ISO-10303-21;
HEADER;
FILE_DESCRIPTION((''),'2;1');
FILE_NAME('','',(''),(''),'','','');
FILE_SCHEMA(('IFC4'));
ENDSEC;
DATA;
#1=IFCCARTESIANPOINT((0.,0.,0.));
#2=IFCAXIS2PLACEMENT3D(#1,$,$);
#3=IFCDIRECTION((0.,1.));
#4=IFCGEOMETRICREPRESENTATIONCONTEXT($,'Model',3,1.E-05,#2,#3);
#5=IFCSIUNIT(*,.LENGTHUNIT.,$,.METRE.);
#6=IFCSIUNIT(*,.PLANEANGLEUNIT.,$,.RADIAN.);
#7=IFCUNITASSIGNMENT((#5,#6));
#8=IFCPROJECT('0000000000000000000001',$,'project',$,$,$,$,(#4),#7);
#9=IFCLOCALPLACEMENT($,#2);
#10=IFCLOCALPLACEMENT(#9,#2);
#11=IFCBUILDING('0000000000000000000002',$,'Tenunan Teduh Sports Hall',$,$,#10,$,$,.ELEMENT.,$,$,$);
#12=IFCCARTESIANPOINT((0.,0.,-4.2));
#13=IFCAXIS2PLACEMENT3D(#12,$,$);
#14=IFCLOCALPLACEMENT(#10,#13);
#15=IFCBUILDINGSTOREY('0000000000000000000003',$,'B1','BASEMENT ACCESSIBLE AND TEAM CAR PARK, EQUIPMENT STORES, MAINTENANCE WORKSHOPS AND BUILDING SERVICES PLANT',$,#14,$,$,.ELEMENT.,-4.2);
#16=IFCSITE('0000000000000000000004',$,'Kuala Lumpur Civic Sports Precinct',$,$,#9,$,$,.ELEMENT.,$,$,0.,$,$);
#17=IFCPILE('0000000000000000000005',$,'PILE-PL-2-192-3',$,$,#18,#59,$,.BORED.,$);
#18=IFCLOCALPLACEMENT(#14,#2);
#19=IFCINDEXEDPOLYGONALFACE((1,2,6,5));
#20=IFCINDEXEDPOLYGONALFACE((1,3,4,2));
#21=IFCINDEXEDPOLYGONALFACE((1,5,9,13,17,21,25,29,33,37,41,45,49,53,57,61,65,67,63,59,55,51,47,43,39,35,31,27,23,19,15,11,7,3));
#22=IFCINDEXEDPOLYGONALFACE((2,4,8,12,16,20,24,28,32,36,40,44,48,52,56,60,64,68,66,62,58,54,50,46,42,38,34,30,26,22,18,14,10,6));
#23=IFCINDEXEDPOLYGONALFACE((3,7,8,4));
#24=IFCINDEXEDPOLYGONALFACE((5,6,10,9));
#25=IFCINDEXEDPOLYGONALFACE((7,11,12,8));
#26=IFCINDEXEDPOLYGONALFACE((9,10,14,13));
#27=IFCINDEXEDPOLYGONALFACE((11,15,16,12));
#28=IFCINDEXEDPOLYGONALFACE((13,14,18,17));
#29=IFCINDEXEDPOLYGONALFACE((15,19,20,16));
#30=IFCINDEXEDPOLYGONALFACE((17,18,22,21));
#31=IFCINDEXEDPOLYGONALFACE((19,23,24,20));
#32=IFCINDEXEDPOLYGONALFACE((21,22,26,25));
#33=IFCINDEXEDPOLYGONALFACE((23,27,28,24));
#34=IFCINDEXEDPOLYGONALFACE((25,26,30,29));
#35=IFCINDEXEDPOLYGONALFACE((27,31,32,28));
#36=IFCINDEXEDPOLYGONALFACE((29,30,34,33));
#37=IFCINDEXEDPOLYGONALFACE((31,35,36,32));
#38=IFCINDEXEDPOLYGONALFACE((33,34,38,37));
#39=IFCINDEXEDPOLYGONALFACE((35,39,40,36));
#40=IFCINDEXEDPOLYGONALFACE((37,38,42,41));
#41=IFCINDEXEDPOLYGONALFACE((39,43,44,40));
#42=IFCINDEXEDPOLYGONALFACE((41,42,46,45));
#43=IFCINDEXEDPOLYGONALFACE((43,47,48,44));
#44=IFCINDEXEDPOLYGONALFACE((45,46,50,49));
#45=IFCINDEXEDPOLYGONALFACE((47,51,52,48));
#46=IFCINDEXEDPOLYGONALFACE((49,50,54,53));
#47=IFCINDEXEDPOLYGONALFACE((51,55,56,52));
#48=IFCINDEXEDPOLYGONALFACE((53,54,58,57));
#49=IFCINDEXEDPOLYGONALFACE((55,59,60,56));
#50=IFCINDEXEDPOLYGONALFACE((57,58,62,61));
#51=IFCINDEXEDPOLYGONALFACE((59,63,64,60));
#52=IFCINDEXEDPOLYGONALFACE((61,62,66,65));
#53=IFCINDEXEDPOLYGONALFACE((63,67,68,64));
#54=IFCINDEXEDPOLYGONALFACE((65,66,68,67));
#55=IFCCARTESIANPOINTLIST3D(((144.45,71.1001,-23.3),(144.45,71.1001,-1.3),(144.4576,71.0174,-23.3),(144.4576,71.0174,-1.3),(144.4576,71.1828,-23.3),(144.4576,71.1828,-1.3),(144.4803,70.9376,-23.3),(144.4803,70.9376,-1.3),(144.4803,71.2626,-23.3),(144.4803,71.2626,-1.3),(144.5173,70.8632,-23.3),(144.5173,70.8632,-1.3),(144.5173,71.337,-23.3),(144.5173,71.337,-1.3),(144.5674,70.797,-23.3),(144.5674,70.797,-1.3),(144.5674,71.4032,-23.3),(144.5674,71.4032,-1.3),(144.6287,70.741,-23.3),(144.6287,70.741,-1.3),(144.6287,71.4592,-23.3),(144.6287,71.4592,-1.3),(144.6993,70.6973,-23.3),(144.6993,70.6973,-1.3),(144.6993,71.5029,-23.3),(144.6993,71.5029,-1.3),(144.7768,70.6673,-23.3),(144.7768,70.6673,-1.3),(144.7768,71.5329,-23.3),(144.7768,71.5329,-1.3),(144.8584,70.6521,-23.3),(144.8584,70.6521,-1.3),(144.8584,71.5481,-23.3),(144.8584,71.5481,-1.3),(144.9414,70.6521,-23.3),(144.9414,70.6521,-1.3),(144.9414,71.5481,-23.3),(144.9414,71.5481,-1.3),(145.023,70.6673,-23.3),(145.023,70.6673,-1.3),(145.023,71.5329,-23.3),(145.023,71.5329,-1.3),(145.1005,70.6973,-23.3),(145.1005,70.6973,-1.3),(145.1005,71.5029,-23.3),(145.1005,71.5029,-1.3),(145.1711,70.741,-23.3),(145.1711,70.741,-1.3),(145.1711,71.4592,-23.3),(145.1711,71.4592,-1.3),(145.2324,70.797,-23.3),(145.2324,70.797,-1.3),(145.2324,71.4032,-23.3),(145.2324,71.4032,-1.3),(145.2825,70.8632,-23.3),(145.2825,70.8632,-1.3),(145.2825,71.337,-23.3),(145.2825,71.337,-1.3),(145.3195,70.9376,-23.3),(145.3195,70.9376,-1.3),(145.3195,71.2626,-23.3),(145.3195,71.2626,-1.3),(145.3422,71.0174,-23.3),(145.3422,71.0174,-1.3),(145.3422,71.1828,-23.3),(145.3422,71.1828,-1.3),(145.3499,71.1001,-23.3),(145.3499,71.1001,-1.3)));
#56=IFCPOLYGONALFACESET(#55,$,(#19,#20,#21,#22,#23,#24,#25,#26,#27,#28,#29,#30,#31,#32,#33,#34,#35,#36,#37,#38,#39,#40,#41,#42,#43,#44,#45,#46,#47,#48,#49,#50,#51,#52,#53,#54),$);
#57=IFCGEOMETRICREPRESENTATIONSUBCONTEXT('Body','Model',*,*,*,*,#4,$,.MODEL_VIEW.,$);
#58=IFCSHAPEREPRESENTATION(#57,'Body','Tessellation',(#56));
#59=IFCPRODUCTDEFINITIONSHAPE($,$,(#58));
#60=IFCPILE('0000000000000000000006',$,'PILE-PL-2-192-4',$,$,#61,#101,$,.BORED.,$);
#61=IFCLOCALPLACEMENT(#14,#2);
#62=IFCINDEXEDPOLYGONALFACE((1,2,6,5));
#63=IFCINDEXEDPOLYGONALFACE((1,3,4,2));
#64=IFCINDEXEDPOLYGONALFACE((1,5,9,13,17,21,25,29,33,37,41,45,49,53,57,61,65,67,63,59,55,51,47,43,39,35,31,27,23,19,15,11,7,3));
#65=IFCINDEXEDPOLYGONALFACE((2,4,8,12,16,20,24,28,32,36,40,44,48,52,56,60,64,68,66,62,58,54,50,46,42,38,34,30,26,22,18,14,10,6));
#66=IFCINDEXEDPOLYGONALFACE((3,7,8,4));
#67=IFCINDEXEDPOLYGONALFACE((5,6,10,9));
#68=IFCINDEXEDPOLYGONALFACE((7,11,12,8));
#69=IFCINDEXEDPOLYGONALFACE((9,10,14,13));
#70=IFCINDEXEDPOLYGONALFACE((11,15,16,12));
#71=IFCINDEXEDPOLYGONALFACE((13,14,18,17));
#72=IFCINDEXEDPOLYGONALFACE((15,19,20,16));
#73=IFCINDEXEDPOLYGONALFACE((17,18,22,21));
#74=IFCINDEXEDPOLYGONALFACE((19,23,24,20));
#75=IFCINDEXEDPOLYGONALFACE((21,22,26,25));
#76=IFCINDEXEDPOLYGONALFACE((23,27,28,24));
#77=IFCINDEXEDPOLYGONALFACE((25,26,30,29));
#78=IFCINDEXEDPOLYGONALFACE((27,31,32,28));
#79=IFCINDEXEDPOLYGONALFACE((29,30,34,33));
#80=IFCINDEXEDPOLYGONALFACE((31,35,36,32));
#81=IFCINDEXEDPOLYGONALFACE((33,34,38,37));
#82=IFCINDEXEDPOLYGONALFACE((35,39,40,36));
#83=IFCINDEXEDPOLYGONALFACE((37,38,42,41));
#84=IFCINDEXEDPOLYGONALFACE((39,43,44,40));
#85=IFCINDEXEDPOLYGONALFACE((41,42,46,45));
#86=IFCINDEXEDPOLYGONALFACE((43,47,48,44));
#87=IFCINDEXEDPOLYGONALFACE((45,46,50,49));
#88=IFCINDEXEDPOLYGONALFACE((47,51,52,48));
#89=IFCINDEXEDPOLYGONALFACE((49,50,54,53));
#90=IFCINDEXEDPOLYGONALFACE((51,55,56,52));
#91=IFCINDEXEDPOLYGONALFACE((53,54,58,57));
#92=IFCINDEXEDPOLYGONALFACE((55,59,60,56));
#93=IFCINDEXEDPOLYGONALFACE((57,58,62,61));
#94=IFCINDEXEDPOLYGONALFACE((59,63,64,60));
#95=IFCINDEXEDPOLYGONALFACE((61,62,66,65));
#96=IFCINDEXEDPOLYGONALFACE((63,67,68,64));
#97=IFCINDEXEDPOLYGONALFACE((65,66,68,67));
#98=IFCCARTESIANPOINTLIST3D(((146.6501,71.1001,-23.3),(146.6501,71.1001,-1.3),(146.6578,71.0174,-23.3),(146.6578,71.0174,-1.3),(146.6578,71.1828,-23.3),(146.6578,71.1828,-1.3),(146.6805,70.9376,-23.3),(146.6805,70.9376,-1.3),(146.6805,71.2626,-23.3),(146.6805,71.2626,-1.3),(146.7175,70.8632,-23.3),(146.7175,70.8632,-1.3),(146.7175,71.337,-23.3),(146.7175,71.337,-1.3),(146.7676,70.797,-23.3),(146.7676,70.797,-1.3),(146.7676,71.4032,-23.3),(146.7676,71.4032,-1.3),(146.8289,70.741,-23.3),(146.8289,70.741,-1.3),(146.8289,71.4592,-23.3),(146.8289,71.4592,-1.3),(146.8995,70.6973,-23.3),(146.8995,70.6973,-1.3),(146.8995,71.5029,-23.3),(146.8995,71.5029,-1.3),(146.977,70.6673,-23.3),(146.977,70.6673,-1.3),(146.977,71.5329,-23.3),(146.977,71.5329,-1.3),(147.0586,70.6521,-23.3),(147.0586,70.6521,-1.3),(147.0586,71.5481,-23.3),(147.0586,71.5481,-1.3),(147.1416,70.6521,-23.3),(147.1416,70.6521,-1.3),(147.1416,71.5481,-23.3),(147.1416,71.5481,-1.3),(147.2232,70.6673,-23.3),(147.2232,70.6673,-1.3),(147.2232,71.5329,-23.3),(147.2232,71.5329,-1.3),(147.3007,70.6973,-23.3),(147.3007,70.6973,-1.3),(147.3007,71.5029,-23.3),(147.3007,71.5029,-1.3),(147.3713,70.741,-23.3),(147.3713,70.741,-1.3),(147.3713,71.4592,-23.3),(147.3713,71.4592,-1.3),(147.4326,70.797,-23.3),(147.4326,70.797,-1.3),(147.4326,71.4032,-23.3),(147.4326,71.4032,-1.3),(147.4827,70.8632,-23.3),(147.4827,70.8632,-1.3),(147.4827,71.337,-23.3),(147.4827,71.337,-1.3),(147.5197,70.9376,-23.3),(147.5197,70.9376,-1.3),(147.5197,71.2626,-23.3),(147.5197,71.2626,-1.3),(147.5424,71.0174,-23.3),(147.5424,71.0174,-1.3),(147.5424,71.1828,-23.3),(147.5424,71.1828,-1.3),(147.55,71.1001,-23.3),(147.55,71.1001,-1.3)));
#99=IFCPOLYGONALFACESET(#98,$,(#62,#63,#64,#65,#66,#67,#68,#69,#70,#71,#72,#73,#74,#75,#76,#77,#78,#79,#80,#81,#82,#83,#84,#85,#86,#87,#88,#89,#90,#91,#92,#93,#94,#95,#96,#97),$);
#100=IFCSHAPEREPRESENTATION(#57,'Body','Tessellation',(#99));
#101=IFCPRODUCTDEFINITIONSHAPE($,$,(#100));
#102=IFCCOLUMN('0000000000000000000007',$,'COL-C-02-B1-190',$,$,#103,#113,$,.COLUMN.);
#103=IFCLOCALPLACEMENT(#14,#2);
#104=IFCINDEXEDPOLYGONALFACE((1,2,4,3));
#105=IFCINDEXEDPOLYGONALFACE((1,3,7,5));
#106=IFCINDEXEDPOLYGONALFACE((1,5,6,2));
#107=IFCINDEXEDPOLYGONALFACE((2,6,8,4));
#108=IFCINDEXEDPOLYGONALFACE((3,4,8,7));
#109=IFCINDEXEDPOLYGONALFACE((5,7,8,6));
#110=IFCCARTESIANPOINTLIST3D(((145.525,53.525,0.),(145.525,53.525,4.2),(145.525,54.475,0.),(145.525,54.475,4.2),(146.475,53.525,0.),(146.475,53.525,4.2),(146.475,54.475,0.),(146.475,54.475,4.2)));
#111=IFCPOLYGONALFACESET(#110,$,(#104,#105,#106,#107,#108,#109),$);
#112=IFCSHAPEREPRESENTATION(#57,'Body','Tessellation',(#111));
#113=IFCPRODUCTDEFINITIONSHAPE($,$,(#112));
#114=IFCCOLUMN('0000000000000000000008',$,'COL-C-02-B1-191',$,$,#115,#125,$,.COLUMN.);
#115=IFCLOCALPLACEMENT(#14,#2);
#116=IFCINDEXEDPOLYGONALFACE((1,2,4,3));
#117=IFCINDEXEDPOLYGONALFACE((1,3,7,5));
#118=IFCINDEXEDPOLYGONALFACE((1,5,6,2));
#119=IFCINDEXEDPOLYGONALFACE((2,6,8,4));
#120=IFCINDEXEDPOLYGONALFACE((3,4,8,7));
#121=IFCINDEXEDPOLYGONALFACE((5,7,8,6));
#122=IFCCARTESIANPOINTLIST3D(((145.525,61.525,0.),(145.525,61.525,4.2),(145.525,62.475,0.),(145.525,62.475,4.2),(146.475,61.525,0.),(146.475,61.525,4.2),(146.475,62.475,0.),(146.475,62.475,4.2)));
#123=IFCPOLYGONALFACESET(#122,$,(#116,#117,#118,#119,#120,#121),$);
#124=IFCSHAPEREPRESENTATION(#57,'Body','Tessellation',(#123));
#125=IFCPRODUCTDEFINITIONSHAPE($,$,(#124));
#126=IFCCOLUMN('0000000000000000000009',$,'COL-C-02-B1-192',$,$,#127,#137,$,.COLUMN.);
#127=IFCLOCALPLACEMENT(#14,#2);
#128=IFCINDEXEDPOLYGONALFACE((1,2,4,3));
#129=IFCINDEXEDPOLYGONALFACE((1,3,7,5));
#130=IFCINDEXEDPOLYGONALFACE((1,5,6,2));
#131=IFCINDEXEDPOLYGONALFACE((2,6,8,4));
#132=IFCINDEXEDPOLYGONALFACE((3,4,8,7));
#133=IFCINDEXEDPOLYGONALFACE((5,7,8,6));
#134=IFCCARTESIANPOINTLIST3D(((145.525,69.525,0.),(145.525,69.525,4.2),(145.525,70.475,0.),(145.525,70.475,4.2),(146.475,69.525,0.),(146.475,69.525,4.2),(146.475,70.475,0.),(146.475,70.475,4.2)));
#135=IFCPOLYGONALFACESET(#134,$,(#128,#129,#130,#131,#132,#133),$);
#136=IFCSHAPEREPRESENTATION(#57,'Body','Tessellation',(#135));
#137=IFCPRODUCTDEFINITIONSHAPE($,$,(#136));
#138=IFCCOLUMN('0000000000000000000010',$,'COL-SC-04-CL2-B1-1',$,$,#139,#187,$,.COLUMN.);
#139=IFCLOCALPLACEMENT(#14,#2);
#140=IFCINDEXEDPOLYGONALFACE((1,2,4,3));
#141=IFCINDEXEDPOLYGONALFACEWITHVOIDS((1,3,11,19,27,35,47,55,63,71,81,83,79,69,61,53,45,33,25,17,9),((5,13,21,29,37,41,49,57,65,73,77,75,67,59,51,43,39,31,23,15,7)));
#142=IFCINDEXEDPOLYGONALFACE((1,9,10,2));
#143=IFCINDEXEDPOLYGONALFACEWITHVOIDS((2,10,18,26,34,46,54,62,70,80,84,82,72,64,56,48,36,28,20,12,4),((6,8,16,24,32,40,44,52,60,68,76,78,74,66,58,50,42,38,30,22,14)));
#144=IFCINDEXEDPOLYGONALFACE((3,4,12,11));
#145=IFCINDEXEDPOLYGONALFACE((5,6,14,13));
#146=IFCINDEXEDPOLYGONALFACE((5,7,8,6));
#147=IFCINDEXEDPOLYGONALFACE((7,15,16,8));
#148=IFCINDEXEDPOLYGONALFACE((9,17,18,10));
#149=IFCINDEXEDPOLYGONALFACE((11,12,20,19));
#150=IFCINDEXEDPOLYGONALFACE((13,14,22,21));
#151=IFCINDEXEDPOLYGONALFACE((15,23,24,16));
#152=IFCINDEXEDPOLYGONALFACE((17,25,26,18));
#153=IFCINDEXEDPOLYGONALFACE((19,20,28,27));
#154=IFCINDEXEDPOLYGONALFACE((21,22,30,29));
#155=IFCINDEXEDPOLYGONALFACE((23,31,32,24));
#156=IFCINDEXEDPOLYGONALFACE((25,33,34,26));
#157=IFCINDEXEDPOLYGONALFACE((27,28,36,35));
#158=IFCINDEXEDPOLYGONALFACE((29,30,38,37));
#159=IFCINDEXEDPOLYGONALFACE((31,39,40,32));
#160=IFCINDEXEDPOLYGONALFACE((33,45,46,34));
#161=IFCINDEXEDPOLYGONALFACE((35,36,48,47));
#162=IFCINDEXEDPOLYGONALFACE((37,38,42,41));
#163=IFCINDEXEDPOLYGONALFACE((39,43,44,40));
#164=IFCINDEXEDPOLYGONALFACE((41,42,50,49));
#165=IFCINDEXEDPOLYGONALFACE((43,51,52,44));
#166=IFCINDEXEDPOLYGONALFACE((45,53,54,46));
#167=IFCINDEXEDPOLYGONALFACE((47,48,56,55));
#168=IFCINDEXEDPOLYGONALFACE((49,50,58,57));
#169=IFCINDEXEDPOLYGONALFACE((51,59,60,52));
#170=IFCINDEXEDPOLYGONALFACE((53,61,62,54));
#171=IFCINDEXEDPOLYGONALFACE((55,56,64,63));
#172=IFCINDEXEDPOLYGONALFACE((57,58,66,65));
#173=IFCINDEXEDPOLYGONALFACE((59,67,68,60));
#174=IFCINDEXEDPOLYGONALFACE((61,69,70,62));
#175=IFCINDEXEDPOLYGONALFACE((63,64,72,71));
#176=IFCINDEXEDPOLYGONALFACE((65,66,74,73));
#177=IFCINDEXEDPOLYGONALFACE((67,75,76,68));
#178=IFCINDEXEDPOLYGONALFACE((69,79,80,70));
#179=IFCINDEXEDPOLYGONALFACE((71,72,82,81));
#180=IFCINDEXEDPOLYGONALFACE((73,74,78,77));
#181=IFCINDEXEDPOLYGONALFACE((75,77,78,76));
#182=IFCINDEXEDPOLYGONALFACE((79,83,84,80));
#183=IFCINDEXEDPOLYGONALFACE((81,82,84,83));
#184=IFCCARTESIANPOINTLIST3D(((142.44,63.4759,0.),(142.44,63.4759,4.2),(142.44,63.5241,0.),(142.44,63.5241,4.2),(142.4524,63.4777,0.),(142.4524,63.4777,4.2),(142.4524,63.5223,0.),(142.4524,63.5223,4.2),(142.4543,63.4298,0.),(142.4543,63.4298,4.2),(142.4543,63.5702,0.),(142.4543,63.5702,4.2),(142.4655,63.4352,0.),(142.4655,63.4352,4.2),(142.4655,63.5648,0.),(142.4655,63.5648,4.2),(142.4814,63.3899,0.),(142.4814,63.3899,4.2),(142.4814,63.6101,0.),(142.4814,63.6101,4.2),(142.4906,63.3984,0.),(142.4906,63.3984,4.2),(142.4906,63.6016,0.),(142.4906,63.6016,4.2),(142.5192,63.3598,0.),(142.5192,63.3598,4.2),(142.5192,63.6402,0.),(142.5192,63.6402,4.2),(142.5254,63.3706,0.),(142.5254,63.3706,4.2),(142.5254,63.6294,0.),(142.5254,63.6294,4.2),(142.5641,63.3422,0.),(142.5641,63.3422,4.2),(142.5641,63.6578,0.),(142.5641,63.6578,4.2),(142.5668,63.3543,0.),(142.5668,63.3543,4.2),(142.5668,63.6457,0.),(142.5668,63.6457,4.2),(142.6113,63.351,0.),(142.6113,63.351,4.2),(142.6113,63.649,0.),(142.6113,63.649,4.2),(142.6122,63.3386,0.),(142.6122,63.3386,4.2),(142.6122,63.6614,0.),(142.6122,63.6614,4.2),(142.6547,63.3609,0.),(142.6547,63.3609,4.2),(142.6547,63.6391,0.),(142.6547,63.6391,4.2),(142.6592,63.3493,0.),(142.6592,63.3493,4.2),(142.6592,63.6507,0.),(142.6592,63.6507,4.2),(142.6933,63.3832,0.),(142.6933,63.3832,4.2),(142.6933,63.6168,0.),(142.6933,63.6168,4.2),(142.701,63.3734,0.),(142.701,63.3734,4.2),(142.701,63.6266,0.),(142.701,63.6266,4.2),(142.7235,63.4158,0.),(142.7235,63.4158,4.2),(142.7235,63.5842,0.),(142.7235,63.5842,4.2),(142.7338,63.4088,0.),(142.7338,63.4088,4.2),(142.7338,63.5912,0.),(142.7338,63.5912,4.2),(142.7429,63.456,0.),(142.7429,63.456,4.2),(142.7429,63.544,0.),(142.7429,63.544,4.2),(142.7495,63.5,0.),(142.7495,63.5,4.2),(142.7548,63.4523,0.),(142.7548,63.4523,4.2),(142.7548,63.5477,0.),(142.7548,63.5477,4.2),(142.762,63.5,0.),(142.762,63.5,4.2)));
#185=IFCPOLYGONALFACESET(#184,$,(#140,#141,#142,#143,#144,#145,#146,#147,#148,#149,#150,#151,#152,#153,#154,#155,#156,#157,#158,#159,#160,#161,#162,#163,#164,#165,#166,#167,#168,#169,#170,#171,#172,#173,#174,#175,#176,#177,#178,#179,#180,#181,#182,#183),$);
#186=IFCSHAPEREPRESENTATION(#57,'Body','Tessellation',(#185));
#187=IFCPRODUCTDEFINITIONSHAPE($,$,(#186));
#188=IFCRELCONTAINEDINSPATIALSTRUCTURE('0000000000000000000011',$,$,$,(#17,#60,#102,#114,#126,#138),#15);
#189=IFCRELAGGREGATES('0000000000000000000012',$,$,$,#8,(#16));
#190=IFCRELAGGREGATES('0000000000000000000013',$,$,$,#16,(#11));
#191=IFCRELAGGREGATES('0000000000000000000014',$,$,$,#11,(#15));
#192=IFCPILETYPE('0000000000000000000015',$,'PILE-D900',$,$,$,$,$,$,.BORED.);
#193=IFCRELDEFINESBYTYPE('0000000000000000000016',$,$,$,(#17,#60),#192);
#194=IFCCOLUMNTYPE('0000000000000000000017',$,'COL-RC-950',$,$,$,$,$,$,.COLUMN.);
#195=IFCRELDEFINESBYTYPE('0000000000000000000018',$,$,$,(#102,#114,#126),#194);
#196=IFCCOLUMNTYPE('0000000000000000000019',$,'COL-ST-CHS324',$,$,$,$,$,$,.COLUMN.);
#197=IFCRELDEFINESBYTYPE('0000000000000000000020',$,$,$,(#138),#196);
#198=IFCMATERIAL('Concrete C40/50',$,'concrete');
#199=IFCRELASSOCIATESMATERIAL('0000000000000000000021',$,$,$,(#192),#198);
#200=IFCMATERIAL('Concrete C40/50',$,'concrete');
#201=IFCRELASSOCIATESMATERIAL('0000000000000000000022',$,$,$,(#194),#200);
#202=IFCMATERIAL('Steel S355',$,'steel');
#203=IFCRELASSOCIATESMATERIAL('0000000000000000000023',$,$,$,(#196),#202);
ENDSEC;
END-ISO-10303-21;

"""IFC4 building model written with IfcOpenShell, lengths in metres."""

from ifc_helpers import new_model, si_unit, direction, frame, origin, origin_2d, place, context, subcontext, project, spatial, rectangle, circle, hollow_circle, extrude, material, material_profile, profile_set, type_object, element, save


model = new_model("IFC4")

# Units and contexts
model_context = context("Model", 3, precision=1e-05, world=origin(), true_north=direction((0.0, 1.0)))
body_context = subcontext(model_context, "Body", "Model", "MODEL_VIEW")
ifc_project = project(units=[si_unit("LENGTHUNIT", "METRE"), si_unit("PLANEANGLEUNIT", "RADIAN")], contexts=[model_context])

# Site, building, storey
site_placement = place(None, origin())
site = spatial("IfcSite", under=ifc_project, at=site_placement, Name="Kuala Lumpur Civic Sports Precinct", CompositionType="ELEMENT", RefElevation=0.0)
building_placement = place(site_placement, origin())
building = spatial("IfcBuilding", under=site, at=building_placement, Name="Tenunan Teduh Sports Hall", CompositionType="ELEMENT")
storey_placement = place(building_placement, frame((0.0, 0.0, -4.2)))
storey = spatial("IfcBuildingStorey", under=building, at=storey_placement, Name="B1", Description="BASEMENT ACCESSIBLE AND TEAM CAR PARK, EQUIPMENT STORES, MAINTENANCE WORKSHOPS AND BUILDING SERVICES PLANT", CompositionType="ELEMENT", Elevation=-4.2)

# Piles
ifc_material_1 = material(Name="Concrete C40/50", Category="concrete")
ifc_material_profile_1 = material_profile(ifc_material_1, circle(Radius=0.45, at=origin_2d()), Name="PILE D900")
ifc_profile_set_1 = profile_set([ifc_material_profile_1], Name="Concrete C40/50")
pile_type = type_object("IfcPileType", Name="PILE-D900", PredefinedType="BORED", material=ifc_profile_set_1)
for number, where, z_axis, x_axis, name in (
    (1, (144.8999, 71.1001, -1.3), (0.0, 0.0, -1.0), (1.0, 0.0, 0.0), "PILE-PL-2-192-3"),
    (2, (147.1001, 71.1001, -1.3), (0.0, 0.0, -1.0), (1.0, 0.0, 0.0), "PILE-PL-2-192-4"),
):
    element("IfcPile", number, at=place(storey_placement, frame(where, z_axis=z_axis, x_axis=x_axis)), inside=storey, type_object=pile_type, Name=name, PredefinedType="BORED", context=body_context, shape_type="SweptSolid", body=[
        extrude(circle(Radius=0.45, at=origin_2d()), origin(), (0.0, 0.0, 1.0), 22.0),
    ])

# Columns
ifc_material_2 = material(Name="Concrete C40/50", Category="concrete")
ifc_material_profile_2 = material_profile(ifc_material_2, rectangle(XDim=0.95, YDim=0.95, at=origin_2d()), Name="RC 950x950")
ifc_profile_set_2 = profile_set([ifc_material_profile_2], Name="Concrete C40/50")
column_type_1 = type_object("IfcColumnType", Name="COL-RC-950", PredefinedType="COLUMN", material=ifc_profile_set_2)
for number, where, z_axis, x_axis, name in (
    (3, (146.0, 54.0, 0.0), (0.0, 0.0, 1.0), (1.0, 0.0, 0.0), "COL-C-02-B1-190"),
    (4, (146.0, 62.0, 0.0), (0.0, 0.0, 1.0), (1.0, 0.0, 0.0), "COL-C-02-B1-191"),
    (5, (146.0, 70.0, 0.0), (0.0, 0.0, 1.0), (1.0, 0.0, 0.0), "COL-C-02-B1-192"),
):
    element("IfcColumn", number, at=place(storey_placement, frame(where, z_axis=z_axis, x_axis=x_axis)), inside=storey, type_object=column_type_1, Name=name, PredefinedType="COLUMN", context=body_context, shape_type="SweptSolid", body=[
        extrude(rectangle(XDim=0.95, YDim=0.95, at=origin_2d()), origin(), (0.0, 0.0, 1.0), 4.2),
    ])
ifc_material_3 = material(Name="Steel S355", Category="steel")
ifc_material_profile_3 = material_profile(ifc_material_3, hollow_circle(Radius=0.1619, WallThickness=0.0125, at=origin_2d()), Name="CHS 323.9x12.5")
ifc_profile_set_3 = profile_set([ifc_material_profile_3], Name="Steel S355")
column_type_2 = type_object("IfcColumnType", Name="COL-ST-CHS324", PredefinedType="COLUMN", material=ifc_profile_set_3)
for number, where, z_axis, x_axis, name in (
    (6, (142.6001, 63.5, 0.0), (0.0, 0.0, 1.0), (1.0, 0.0, 0.0), "COL-SC-04-CL2-B1-1"),
):
    element("IfcColumn", number, at=place(storey_placement, frame(where, z_axis=z_axis, x_axis=x_axis)), inside=storey, type_object=column_type_2, Name=name, PredefinedType="COLUMN", context=body_context, shape_type="SweptSolid", body=[
        extrude(hollow_circle(Radius=0.1619, WallThickness=0.0125, at=origin_2d()), origin(), (0.0, 0.0, 1.0), 4.2),
    ])

save(model, "model.ifc")
